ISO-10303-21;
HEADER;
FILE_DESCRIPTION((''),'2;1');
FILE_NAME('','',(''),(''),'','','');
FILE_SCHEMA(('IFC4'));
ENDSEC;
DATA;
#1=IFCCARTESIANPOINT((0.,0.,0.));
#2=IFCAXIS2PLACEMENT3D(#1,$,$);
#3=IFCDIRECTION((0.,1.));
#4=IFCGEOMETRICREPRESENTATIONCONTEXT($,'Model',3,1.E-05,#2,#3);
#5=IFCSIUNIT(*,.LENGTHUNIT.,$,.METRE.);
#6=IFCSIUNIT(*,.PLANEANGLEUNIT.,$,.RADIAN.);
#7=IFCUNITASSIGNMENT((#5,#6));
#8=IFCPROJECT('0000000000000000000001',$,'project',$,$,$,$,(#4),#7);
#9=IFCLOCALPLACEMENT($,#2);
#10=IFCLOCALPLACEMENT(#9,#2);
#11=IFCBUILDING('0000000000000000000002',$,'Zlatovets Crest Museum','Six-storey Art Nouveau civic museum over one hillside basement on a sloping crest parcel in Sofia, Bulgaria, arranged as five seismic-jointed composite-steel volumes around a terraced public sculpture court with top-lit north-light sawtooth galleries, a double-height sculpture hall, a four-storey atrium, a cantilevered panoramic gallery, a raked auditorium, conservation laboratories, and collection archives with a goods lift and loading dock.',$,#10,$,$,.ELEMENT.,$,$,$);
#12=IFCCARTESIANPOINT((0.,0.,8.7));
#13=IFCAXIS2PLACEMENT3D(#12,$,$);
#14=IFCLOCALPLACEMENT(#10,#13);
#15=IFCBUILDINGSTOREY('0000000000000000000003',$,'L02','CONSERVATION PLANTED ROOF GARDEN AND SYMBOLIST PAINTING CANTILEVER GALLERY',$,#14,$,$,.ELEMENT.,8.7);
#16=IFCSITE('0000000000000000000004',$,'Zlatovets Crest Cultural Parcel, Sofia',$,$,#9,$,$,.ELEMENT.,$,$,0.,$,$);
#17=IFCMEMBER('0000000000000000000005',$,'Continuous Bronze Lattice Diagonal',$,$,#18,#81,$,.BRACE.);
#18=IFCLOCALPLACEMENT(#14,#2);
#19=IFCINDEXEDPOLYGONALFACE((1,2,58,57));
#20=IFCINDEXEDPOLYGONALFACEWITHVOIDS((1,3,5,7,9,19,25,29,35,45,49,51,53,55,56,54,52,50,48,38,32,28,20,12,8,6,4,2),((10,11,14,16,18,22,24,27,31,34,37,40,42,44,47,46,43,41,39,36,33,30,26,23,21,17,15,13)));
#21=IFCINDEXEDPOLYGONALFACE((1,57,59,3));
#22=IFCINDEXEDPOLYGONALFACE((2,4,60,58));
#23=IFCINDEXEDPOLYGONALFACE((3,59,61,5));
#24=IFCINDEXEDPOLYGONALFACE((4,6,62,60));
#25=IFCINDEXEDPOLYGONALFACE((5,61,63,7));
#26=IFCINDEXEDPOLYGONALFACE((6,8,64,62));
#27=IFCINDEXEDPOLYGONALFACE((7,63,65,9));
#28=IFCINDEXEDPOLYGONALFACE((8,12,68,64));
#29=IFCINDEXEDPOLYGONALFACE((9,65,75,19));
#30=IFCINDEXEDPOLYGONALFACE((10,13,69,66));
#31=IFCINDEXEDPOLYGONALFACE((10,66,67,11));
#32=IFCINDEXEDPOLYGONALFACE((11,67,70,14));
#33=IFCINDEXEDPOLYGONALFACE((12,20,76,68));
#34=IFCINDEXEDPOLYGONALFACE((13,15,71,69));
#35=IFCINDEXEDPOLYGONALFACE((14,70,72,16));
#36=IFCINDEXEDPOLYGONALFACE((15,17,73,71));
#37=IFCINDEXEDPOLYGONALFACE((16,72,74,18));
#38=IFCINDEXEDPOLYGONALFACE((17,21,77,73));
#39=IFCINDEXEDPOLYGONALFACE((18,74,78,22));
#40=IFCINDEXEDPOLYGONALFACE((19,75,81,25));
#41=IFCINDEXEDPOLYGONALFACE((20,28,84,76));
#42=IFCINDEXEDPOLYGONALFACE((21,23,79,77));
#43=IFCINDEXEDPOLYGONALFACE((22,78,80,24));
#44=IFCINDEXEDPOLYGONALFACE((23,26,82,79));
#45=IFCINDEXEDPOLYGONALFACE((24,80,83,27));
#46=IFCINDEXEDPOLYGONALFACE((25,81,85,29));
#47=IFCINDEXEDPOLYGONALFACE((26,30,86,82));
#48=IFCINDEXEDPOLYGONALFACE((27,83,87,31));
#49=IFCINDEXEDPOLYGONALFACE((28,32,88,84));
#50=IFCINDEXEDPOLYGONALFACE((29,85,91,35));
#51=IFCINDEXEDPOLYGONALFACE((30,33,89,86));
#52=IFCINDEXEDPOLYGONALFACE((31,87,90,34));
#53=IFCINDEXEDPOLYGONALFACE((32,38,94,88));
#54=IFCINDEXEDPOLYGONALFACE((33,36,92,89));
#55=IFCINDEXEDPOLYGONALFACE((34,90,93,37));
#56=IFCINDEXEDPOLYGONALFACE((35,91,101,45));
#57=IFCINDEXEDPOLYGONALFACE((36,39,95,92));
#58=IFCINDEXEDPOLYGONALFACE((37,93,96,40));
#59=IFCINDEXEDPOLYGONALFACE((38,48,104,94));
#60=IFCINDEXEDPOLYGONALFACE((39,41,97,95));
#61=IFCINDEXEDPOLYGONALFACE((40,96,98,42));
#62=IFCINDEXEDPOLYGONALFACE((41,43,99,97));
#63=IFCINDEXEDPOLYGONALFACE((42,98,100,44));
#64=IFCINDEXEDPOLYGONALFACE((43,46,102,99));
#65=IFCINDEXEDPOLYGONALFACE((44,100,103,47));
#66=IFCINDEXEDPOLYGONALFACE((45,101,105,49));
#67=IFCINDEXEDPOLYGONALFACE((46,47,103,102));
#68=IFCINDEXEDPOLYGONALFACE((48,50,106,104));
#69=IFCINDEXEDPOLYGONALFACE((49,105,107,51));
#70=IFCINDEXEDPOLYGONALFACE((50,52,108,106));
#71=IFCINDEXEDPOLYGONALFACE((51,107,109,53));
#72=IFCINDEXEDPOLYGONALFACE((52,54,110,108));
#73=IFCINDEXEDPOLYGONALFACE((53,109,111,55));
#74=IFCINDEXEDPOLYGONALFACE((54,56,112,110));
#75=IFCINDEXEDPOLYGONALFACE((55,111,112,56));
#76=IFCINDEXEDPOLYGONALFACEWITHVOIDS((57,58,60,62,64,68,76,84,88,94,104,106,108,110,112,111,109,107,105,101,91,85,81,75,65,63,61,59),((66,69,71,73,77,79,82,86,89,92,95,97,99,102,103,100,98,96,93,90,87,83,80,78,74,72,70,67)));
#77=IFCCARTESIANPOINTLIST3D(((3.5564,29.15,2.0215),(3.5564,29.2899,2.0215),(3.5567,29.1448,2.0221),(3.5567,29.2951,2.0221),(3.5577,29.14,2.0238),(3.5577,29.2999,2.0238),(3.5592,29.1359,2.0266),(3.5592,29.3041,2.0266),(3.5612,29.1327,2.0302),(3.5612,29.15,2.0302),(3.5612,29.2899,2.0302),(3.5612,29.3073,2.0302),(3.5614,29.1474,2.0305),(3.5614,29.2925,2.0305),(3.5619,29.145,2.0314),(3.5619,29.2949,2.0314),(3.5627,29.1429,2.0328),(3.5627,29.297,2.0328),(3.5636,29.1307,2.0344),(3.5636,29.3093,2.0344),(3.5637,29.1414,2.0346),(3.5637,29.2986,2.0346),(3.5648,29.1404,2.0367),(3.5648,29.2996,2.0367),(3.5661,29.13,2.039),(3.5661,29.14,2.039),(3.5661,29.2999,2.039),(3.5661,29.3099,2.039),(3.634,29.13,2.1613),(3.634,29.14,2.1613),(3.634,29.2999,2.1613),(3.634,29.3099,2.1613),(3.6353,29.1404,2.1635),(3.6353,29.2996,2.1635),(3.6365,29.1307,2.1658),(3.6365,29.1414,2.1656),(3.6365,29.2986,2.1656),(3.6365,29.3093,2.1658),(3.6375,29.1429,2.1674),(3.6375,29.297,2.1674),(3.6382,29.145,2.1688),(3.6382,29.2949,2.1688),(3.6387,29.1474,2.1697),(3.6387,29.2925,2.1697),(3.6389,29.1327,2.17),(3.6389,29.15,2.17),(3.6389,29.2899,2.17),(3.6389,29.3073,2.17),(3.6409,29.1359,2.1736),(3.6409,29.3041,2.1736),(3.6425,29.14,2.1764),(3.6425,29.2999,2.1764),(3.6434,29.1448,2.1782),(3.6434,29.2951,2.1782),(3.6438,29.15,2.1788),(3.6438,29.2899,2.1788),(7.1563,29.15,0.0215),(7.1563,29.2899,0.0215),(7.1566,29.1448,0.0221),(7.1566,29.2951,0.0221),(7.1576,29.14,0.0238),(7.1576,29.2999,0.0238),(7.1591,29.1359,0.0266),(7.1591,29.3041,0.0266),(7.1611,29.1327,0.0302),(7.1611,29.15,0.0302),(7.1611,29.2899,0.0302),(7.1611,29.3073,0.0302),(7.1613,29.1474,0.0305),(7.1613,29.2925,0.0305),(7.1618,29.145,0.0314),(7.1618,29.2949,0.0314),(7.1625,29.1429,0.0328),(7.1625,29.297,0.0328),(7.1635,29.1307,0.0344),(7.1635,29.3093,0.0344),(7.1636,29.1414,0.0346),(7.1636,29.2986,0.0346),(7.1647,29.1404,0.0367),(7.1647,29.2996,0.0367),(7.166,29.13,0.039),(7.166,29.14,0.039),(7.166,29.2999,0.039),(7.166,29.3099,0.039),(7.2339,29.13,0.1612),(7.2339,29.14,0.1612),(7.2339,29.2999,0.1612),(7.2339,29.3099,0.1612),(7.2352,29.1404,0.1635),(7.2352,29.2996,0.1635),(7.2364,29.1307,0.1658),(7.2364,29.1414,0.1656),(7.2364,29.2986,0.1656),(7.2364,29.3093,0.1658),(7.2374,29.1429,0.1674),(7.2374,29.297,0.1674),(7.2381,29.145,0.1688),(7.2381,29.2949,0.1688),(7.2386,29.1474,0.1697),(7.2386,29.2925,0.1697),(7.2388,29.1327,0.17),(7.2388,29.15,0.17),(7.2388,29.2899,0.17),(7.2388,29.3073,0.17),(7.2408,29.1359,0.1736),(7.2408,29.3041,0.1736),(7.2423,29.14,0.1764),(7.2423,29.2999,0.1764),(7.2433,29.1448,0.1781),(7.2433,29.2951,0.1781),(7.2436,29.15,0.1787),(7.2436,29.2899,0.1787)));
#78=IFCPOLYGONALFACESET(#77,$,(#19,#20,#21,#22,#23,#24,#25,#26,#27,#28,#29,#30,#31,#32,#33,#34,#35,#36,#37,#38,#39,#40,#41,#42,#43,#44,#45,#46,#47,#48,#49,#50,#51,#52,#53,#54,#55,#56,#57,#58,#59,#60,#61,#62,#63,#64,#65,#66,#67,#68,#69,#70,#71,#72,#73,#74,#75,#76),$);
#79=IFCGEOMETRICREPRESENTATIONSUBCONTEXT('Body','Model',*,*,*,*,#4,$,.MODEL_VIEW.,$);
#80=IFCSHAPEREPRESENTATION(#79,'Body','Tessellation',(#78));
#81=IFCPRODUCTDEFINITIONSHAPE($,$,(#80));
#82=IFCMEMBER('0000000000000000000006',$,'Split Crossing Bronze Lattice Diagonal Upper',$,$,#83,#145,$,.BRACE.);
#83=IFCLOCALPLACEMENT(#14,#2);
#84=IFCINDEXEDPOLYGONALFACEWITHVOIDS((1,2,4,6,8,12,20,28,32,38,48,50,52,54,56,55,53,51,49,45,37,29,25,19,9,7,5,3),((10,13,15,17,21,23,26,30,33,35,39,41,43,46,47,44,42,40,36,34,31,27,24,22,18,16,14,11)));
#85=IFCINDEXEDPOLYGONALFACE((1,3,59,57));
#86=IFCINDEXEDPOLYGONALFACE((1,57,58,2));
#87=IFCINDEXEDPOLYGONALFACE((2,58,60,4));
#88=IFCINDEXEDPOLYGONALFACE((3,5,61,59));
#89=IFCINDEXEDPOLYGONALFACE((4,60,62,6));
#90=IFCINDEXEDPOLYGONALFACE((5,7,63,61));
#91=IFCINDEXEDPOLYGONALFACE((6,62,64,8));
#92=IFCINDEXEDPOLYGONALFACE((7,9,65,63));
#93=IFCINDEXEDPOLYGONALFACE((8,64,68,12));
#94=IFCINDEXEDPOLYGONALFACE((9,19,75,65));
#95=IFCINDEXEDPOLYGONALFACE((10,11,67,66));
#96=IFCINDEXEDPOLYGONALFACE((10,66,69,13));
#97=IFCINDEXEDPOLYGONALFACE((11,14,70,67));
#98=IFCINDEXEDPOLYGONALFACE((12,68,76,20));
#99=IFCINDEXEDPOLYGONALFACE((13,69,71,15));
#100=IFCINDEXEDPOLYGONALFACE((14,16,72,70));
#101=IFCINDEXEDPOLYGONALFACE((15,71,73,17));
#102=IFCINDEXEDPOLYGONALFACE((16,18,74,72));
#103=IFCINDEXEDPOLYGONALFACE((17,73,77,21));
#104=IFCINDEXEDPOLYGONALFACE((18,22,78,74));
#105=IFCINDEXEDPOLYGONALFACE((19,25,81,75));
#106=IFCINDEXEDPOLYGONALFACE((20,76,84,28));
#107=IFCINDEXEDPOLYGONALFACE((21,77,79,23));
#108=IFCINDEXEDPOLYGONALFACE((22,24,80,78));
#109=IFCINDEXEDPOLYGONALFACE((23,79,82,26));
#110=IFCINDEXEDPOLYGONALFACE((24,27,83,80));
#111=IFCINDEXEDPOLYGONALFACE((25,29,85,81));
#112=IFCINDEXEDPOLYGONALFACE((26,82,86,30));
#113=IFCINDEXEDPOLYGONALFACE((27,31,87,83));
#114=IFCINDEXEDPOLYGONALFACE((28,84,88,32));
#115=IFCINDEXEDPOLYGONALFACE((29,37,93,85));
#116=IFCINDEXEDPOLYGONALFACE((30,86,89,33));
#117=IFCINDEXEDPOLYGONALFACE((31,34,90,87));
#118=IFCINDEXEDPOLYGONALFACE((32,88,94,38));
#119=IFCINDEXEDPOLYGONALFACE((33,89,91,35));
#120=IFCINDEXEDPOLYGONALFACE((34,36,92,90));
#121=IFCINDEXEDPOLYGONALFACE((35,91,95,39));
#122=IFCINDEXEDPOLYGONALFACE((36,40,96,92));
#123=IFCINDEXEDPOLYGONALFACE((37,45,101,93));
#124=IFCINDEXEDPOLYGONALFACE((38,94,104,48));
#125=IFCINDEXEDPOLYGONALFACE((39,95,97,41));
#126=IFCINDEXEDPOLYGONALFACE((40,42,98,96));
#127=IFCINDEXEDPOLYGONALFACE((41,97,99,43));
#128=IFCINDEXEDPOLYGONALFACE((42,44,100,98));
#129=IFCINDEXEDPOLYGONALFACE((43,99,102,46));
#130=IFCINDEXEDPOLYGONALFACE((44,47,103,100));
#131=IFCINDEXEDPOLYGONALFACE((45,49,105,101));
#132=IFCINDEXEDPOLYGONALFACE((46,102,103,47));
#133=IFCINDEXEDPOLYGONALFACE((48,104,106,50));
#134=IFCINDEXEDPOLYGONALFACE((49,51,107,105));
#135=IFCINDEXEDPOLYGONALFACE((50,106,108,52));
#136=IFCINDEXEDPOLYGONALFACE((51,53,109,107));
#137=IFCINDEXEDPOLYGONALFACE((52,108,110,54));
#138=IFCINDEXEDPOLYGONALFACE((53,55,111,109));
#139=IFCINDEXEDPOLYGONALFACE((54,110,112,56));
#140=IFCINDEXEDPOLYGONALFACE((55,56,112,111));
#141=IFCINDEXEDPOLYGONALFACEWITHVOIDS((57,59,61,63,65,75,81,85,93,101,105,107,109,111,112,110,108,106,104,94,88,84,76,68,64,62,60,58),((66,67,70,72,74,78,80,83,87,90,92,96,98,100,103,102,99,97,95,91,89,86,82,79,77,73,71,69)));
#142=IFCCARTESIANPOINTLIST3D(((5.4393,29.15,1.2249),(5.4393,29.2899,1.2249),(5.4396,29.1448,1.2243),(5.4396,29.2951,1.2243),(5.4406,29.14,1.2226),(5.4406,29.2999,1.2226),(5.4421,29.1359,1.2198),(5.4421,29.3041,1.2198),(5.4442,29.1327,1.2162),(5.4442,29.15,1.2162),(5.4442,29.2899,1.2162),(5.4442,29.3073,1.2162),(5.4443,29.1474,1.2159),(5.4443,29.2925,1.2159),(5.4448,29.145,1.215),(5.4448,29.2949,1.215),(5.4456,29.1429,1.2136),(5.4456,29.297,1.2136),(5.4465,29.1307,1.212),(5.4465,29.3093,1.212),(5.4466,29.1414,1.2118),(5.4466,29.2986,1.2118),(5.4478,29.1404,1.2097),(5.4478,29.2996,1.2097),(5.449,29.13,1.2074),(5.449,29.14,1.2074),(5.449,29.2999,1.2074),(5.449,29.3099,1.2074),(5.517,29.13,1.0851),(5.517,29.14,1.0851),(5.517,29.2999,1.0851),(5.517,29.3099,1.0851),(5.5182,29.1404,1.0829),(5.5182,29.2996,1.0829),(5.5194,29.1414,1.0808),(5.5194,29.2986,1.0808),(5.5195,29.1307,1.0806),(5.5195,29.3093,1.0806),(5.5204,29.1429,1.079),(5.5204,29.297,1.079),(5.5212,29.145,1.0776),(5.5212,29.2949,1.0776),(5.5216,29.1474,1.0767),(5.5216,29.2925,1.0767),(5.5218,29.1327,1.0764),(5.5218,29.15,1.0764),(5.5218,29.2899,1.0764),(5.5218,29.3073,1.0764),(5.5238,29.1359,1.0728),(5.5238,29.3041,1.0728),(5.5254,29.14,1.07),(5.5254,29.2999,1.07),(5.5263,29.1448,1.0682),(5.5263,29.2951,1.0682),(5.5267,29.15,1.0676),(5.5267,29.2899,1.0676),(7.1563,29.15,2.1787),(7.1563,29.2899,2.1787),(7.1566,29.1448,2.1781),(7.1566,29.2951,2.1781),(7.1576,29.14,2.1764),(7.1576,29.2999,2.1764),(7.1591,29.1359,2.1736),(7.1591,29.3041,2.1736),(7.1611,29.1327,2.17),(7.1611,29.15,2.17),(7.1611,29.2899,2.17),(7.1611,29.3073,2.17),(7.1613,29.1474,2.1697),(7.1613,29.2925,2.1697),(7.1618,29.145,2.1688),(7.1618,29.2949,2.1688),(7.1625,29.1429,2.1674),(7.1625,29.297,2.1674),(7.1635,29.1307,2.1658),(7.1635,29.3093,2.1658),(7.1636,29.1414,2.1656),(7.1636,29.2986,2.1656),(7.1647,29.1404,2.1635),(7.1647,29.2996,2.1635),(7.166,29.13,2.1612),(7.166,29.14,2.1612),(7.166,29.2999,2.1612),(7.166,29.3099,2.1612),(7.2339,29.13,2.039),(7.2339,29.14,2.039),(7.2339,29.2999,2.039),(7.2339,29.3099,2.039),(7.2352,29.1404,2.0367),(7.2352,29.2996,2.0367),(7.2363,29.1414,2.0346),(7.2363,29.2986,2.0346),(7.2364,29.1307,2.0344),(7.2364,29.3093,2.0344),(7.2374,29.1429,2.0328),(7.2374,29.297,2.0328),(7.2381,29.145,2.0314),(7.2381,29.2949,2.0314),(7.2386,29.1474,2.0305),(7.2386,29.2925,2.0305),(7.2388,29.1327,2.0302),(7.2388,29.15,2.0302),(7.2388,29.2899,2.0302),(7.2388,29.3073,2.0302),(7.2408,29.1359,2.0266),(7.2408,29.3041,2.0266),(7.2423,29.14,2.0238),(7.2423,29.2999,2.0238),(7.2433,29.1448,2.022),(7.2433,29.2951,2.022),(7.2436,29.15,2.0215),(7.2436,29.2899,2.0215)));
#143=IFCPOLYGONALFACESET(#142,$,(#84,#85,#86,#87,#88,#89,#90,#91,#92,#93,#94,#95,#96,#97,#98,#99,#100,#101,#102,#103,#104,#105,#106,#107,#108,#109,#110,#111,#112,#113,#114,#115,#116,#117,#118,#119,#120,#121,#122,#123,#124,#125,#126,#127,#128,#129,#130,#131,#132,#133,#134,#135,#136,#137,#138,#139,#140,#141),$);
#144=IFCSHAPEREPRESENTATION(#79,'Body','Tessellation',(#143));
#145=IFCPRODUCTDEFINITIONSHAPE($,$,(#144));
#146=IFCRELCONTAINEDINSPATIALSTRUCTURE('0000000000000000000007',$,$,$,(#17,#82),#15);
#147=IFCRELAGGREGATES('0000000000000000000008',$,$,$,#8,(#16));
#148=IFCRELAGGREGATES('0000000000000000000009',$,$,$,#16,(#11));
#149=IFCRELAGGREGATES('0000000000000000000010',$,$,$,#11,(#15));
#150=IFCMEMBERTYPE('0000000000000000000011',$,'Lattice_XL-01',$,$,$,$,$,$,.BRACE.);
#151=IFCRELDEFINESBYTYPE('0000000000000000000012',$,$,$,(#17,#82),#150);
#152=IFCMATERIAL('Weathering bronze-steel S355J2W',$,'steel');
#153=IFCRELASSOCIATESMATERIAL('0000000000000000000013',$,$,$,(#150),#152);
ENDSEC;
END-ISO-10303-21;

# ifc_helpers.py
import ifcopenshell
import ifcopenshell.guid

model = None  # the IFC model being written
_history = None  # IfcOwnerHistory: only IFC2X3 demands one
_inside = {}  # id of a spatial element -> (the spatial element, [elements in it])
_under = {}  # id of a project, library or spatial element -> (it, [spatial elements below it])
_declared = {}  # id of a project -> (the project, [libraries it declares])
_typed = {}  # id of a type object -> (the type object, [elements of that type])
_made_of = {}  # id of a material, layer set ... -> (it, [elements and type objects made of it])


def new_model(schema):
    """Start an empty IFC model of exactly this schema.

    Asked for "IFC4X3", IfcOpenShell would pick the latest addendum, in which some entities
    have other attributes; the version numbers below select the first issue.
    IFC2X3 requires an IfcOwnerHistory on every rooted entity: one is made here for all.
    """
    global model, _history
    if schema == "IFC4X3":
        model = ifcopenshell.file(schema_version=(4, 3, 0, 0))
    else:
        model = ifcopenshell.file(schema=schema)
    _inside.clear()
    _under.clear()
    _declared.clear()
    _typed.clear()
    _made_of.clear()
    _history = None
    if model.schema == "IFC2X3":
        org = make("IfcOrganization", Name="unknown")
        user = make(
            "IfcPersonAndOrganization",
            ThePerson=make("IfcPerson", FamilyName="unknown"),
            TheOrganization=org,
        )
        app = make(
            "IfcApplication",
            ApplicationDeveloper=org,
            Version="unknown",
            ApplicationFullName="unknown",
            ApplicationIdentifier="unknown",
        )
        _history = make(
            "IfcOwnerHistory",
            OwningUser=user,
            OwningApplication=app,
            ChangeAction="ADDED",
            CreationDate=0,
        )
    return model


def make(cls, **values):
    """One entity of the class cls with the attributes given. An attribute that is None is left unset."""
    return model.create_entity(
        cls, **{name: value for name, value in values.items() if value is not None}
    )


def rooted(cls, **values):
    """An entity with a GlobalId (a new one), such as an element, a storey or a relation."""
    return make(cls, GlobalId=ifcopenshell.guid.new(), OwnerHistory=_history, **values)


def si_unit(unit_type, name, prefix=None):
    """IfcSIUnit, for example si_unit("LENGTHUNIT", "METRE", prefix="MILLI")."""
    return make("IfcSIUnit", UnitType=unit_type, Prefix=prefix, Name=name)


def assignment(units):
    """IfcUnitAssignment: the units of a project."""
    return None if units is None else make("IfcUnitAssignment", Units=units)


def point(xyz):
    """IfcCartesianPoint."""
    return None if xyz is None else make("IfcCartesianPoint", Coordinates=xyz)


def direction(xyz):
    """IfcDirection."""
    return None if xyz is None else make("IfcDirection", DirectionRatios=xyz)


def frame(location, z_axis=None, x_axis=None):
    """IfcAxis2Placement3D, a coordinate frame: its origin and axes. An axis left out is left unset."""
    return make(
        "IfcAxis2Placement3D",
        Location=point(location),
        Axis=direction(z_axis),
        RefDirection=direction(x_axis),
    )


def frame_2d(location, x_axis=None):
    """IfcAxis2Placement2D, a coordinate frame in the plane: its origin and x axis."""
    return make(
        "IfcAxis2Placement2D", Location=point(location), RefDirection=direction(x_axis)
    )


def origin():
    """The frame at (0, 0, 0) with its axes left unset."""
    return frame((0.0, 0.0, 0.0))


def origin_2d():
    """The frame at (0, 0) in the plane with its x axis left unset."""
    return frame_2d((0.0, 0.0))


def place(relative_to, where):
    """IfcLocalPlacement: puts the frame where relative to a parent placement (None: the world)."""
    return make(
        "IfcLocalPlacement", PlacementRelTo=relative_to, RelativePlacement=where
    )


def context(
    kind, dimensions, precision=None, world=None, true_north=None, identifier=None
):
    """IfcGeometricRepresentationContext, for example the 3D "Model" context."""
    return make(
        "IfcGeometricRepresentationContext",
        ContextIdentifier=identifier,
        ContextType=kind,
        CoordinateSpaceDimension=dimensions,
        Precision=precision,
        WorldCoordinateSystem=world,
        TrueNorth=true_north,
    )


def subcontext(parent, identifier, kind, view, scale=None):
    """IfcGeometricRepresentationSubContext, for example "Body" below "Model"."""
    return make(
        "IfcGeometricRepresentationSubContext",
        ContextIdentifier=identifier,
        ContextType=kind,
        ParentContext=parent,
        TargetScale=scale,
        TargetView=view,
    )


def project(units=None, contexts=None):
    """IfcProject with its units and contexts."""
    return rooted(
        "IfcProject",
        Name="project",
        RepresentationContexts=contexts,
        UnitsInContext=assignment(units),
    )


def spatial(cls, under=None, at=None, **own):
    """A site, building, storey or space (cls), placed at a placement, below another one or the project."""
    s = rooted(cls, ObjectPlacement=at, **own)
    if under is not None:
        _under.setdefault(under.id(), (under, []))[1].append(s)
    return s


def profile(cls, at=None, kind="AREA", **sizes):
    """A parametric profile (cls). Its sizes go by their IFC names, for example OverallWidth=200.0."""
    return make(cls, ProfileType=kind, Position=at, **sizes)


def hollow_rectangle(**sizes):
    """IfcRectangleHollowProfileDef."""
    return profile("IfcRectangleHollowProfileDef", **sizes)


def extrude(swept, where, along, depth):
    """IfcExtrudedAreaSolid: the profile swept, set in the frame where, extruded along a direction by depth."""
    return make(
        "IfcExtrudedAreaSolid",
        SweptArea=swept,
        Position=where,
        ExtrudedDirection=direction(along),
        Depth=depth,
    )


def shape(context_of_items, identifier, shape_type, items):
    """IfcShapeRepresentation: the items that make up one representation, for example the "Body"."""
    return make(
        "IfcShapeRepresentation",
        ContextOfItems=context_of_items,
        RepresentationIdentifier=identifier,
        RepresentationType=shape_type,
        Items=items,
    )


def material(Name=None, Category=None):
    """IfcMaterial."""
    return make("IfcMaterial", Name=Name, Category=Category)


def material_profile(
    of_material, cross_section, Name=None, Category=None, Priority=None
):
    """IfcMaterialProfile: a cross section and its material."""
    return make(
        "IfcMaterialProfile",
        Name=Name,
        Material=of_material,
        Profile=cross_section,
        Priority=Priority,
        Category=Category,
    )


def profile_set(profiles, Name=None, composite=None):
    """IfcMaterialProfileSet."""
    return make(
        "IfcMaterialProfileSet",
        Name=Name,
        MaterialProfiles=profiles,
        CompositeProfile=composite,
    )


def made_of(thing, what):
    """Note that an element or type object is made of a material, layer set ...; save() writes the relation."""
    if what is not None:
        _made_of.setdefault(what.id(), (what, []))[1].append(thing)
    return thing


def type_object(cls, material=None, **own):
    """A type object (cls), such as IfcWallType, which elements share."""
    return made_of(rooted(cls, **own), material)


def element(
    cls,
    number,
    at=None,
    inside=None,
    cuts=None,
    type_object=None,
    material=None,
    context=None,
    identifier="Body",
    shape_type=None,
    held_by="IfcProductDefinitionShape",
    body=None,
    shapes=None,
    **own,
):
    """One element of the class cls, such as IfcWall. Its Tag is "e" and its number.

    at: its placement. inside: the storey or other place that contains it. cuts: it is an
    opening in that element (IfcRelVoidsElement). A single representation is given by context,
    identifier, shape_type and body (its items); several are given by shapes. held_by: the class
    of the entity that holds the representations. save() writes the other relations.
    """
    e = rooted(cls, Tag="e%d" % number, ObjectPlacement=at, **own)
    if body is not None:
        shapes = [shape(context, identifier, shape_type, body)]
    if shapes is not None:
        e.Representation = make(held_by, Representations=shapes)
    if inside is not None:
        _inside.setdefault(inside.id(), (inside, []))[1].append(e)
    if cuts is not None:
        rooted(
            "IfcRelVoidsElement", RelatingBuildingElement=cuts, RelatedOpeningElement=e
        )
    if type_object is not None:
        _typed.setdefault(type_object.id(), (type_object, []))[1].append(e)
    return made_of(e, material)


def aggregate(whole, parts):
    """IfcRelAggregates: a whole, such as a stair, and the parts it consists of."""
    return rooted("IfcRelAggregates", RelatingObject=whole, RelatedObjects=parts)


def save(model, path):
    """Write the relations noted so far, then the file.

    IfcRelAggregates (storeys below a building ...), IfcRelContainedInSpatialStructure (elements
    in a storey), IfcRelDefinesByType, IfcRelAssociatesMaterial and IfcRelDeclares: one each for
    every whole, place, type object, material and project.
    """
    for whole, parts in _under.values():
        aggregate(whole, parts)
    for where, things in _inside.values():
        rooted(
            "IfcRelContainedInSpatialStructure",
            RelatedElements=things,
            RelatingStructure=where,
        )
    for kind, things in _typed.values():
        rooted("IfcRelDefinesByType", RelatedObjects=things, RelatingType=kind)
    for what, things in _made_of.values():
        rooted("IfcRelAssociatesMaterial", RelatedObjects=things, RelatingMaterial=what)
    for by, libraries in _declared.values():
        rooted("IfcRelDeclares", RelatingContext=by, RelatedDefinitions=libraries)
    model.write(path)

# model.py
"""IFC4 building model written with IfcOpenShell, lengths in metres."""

from ifc_helpers import new_model, si_unit, direction, frame, origin, origin_2d, place, context, subcontext, project, spatial, hollow_rectangle, extrude, material, material_profile, profile_set, type_object, element, save


model = new_model("IFC4")

# Units and contexts
model_context = context("Model", 3, precision=1e-05, world=origin(), true_north=direction((0.0, 1.0)))
body_context = subcontext(model_context, "Body", "Model", "MODEL_VIEW")
ifc_project = project(units=[si_unit("LENGTHUNIT", "METRE"), si_unit("PLANEANGLEUNIT", "RADIAN")], contexts=[model_context])

# Site, building, storey
site_placement = place(None, origin())
site = spatial("IfcSite", under=ifc_project, at=site_placement, Name="Zlatovets Crest Cultural Parcel, Sofia", CompositionType="ELEMENT", RefElevation=0.0)
building_placement = place(site_placement, origin())
building = spatial("IfcBuilding", under=site, at=building_placement, Name="Zlatovets Crest Museum", Description="Six-storey Art Nouveau civic museum over one hillside basement on a sloping crest parcel in Sofia, Bulgaria, arranged as five seismic-jointed composite-steel volumes around a terraced public sculpture court with top-lit north-light sawtooth galleries, a double-height sculpture hall, a four-storey atrium, a cantilevered panoramic gallery, a raked auditorium, conservation laboratories, and collection archives with a goods lift and loading dock.", CompositionType="ELEMENT")
storey_placement = place(building_placement, frame((0.0, 0.0, 8.7)))
storey = spatial("IfcBuildingStorey", under=building, at=storey_placement, Name="L02", Description="CONSERVATION PLANTED ROOF GARDEN AND SYMBOLIST PAINTING CANTILEVER GALLERY", CompositionType="ELEMENT", Elevation=8.7)

# Members
ifc_material_1 = material(Name="Weathering bronze-steel S355J2W", Category="steel")
ifc_material_profile_1 = material_profile(ifc_material_1, hollow_rectangle(XDim=0.1799, YDim=0.1799, WallThickness=0.01, InnerFilletRadius=0.01, OuterFilletRadius=0.02, at=origin_2d()), Name="SHS 180x180x10.0")
ifc_profile_set_1 = profile_set([ifc_material_profile_1], Name="Weathering bronze-steel S355J2W")
member_type_1 = type_object("IfcMemberType", Name="Lattice_XL-01", PredefinedType="BRACE", material=ifc_profile_set_1)
member_1_placement = place(storey_placement, frame((7.2, 29.22, 0.1001), z_axis=(-0.874149, 0.0, 0.485658), x_axis=(0.0, -1.0, 0.0)))
element("IfcMember", 1, at=member_1_placement, inside=storey, type_object=member_type_1, Name="Continuous Bronze Lattice Diagonal", PredefinedType="BRACE", context=body_context, shape_type="SweptSolid", body=[
    extrude(hollow_rectangle(XDim=0.1799, YDim=0.1799, WallThickness=0.01, InnerFilletRadius=0.01, OuterFilletRadius=0.02, at=origin_2d()), origin(), (0.0, 0.0, 1.0), 4.1182),
])
member_2_placement = place(storey_placement, frame((7.2, 29.22, 2.1001), z_axis=(-0.874169, 0.0, -0.485622), x_axis=(0.0, -1.0, 0.0)))
element("IfcMember", 2, at=member_2_placement, inside=storey, type_object=member_type_1, Name="Split Crossing Bronze Lattice Diagonal Upper", PredefinedType="BRACE", context=body_context, shape_type="SweptSolid", body=[
    extrude(hollow_rectangle(XDim=0.1799, YDim=0.1799, WallThickness=0.01, InnerFilletRadius=0.01, OuterFilletRadius=0.02, at=origin_2d()), origin(), (0.0, 0.0, 1.0), 1.9641),
])

save(model, "model.ifc")
